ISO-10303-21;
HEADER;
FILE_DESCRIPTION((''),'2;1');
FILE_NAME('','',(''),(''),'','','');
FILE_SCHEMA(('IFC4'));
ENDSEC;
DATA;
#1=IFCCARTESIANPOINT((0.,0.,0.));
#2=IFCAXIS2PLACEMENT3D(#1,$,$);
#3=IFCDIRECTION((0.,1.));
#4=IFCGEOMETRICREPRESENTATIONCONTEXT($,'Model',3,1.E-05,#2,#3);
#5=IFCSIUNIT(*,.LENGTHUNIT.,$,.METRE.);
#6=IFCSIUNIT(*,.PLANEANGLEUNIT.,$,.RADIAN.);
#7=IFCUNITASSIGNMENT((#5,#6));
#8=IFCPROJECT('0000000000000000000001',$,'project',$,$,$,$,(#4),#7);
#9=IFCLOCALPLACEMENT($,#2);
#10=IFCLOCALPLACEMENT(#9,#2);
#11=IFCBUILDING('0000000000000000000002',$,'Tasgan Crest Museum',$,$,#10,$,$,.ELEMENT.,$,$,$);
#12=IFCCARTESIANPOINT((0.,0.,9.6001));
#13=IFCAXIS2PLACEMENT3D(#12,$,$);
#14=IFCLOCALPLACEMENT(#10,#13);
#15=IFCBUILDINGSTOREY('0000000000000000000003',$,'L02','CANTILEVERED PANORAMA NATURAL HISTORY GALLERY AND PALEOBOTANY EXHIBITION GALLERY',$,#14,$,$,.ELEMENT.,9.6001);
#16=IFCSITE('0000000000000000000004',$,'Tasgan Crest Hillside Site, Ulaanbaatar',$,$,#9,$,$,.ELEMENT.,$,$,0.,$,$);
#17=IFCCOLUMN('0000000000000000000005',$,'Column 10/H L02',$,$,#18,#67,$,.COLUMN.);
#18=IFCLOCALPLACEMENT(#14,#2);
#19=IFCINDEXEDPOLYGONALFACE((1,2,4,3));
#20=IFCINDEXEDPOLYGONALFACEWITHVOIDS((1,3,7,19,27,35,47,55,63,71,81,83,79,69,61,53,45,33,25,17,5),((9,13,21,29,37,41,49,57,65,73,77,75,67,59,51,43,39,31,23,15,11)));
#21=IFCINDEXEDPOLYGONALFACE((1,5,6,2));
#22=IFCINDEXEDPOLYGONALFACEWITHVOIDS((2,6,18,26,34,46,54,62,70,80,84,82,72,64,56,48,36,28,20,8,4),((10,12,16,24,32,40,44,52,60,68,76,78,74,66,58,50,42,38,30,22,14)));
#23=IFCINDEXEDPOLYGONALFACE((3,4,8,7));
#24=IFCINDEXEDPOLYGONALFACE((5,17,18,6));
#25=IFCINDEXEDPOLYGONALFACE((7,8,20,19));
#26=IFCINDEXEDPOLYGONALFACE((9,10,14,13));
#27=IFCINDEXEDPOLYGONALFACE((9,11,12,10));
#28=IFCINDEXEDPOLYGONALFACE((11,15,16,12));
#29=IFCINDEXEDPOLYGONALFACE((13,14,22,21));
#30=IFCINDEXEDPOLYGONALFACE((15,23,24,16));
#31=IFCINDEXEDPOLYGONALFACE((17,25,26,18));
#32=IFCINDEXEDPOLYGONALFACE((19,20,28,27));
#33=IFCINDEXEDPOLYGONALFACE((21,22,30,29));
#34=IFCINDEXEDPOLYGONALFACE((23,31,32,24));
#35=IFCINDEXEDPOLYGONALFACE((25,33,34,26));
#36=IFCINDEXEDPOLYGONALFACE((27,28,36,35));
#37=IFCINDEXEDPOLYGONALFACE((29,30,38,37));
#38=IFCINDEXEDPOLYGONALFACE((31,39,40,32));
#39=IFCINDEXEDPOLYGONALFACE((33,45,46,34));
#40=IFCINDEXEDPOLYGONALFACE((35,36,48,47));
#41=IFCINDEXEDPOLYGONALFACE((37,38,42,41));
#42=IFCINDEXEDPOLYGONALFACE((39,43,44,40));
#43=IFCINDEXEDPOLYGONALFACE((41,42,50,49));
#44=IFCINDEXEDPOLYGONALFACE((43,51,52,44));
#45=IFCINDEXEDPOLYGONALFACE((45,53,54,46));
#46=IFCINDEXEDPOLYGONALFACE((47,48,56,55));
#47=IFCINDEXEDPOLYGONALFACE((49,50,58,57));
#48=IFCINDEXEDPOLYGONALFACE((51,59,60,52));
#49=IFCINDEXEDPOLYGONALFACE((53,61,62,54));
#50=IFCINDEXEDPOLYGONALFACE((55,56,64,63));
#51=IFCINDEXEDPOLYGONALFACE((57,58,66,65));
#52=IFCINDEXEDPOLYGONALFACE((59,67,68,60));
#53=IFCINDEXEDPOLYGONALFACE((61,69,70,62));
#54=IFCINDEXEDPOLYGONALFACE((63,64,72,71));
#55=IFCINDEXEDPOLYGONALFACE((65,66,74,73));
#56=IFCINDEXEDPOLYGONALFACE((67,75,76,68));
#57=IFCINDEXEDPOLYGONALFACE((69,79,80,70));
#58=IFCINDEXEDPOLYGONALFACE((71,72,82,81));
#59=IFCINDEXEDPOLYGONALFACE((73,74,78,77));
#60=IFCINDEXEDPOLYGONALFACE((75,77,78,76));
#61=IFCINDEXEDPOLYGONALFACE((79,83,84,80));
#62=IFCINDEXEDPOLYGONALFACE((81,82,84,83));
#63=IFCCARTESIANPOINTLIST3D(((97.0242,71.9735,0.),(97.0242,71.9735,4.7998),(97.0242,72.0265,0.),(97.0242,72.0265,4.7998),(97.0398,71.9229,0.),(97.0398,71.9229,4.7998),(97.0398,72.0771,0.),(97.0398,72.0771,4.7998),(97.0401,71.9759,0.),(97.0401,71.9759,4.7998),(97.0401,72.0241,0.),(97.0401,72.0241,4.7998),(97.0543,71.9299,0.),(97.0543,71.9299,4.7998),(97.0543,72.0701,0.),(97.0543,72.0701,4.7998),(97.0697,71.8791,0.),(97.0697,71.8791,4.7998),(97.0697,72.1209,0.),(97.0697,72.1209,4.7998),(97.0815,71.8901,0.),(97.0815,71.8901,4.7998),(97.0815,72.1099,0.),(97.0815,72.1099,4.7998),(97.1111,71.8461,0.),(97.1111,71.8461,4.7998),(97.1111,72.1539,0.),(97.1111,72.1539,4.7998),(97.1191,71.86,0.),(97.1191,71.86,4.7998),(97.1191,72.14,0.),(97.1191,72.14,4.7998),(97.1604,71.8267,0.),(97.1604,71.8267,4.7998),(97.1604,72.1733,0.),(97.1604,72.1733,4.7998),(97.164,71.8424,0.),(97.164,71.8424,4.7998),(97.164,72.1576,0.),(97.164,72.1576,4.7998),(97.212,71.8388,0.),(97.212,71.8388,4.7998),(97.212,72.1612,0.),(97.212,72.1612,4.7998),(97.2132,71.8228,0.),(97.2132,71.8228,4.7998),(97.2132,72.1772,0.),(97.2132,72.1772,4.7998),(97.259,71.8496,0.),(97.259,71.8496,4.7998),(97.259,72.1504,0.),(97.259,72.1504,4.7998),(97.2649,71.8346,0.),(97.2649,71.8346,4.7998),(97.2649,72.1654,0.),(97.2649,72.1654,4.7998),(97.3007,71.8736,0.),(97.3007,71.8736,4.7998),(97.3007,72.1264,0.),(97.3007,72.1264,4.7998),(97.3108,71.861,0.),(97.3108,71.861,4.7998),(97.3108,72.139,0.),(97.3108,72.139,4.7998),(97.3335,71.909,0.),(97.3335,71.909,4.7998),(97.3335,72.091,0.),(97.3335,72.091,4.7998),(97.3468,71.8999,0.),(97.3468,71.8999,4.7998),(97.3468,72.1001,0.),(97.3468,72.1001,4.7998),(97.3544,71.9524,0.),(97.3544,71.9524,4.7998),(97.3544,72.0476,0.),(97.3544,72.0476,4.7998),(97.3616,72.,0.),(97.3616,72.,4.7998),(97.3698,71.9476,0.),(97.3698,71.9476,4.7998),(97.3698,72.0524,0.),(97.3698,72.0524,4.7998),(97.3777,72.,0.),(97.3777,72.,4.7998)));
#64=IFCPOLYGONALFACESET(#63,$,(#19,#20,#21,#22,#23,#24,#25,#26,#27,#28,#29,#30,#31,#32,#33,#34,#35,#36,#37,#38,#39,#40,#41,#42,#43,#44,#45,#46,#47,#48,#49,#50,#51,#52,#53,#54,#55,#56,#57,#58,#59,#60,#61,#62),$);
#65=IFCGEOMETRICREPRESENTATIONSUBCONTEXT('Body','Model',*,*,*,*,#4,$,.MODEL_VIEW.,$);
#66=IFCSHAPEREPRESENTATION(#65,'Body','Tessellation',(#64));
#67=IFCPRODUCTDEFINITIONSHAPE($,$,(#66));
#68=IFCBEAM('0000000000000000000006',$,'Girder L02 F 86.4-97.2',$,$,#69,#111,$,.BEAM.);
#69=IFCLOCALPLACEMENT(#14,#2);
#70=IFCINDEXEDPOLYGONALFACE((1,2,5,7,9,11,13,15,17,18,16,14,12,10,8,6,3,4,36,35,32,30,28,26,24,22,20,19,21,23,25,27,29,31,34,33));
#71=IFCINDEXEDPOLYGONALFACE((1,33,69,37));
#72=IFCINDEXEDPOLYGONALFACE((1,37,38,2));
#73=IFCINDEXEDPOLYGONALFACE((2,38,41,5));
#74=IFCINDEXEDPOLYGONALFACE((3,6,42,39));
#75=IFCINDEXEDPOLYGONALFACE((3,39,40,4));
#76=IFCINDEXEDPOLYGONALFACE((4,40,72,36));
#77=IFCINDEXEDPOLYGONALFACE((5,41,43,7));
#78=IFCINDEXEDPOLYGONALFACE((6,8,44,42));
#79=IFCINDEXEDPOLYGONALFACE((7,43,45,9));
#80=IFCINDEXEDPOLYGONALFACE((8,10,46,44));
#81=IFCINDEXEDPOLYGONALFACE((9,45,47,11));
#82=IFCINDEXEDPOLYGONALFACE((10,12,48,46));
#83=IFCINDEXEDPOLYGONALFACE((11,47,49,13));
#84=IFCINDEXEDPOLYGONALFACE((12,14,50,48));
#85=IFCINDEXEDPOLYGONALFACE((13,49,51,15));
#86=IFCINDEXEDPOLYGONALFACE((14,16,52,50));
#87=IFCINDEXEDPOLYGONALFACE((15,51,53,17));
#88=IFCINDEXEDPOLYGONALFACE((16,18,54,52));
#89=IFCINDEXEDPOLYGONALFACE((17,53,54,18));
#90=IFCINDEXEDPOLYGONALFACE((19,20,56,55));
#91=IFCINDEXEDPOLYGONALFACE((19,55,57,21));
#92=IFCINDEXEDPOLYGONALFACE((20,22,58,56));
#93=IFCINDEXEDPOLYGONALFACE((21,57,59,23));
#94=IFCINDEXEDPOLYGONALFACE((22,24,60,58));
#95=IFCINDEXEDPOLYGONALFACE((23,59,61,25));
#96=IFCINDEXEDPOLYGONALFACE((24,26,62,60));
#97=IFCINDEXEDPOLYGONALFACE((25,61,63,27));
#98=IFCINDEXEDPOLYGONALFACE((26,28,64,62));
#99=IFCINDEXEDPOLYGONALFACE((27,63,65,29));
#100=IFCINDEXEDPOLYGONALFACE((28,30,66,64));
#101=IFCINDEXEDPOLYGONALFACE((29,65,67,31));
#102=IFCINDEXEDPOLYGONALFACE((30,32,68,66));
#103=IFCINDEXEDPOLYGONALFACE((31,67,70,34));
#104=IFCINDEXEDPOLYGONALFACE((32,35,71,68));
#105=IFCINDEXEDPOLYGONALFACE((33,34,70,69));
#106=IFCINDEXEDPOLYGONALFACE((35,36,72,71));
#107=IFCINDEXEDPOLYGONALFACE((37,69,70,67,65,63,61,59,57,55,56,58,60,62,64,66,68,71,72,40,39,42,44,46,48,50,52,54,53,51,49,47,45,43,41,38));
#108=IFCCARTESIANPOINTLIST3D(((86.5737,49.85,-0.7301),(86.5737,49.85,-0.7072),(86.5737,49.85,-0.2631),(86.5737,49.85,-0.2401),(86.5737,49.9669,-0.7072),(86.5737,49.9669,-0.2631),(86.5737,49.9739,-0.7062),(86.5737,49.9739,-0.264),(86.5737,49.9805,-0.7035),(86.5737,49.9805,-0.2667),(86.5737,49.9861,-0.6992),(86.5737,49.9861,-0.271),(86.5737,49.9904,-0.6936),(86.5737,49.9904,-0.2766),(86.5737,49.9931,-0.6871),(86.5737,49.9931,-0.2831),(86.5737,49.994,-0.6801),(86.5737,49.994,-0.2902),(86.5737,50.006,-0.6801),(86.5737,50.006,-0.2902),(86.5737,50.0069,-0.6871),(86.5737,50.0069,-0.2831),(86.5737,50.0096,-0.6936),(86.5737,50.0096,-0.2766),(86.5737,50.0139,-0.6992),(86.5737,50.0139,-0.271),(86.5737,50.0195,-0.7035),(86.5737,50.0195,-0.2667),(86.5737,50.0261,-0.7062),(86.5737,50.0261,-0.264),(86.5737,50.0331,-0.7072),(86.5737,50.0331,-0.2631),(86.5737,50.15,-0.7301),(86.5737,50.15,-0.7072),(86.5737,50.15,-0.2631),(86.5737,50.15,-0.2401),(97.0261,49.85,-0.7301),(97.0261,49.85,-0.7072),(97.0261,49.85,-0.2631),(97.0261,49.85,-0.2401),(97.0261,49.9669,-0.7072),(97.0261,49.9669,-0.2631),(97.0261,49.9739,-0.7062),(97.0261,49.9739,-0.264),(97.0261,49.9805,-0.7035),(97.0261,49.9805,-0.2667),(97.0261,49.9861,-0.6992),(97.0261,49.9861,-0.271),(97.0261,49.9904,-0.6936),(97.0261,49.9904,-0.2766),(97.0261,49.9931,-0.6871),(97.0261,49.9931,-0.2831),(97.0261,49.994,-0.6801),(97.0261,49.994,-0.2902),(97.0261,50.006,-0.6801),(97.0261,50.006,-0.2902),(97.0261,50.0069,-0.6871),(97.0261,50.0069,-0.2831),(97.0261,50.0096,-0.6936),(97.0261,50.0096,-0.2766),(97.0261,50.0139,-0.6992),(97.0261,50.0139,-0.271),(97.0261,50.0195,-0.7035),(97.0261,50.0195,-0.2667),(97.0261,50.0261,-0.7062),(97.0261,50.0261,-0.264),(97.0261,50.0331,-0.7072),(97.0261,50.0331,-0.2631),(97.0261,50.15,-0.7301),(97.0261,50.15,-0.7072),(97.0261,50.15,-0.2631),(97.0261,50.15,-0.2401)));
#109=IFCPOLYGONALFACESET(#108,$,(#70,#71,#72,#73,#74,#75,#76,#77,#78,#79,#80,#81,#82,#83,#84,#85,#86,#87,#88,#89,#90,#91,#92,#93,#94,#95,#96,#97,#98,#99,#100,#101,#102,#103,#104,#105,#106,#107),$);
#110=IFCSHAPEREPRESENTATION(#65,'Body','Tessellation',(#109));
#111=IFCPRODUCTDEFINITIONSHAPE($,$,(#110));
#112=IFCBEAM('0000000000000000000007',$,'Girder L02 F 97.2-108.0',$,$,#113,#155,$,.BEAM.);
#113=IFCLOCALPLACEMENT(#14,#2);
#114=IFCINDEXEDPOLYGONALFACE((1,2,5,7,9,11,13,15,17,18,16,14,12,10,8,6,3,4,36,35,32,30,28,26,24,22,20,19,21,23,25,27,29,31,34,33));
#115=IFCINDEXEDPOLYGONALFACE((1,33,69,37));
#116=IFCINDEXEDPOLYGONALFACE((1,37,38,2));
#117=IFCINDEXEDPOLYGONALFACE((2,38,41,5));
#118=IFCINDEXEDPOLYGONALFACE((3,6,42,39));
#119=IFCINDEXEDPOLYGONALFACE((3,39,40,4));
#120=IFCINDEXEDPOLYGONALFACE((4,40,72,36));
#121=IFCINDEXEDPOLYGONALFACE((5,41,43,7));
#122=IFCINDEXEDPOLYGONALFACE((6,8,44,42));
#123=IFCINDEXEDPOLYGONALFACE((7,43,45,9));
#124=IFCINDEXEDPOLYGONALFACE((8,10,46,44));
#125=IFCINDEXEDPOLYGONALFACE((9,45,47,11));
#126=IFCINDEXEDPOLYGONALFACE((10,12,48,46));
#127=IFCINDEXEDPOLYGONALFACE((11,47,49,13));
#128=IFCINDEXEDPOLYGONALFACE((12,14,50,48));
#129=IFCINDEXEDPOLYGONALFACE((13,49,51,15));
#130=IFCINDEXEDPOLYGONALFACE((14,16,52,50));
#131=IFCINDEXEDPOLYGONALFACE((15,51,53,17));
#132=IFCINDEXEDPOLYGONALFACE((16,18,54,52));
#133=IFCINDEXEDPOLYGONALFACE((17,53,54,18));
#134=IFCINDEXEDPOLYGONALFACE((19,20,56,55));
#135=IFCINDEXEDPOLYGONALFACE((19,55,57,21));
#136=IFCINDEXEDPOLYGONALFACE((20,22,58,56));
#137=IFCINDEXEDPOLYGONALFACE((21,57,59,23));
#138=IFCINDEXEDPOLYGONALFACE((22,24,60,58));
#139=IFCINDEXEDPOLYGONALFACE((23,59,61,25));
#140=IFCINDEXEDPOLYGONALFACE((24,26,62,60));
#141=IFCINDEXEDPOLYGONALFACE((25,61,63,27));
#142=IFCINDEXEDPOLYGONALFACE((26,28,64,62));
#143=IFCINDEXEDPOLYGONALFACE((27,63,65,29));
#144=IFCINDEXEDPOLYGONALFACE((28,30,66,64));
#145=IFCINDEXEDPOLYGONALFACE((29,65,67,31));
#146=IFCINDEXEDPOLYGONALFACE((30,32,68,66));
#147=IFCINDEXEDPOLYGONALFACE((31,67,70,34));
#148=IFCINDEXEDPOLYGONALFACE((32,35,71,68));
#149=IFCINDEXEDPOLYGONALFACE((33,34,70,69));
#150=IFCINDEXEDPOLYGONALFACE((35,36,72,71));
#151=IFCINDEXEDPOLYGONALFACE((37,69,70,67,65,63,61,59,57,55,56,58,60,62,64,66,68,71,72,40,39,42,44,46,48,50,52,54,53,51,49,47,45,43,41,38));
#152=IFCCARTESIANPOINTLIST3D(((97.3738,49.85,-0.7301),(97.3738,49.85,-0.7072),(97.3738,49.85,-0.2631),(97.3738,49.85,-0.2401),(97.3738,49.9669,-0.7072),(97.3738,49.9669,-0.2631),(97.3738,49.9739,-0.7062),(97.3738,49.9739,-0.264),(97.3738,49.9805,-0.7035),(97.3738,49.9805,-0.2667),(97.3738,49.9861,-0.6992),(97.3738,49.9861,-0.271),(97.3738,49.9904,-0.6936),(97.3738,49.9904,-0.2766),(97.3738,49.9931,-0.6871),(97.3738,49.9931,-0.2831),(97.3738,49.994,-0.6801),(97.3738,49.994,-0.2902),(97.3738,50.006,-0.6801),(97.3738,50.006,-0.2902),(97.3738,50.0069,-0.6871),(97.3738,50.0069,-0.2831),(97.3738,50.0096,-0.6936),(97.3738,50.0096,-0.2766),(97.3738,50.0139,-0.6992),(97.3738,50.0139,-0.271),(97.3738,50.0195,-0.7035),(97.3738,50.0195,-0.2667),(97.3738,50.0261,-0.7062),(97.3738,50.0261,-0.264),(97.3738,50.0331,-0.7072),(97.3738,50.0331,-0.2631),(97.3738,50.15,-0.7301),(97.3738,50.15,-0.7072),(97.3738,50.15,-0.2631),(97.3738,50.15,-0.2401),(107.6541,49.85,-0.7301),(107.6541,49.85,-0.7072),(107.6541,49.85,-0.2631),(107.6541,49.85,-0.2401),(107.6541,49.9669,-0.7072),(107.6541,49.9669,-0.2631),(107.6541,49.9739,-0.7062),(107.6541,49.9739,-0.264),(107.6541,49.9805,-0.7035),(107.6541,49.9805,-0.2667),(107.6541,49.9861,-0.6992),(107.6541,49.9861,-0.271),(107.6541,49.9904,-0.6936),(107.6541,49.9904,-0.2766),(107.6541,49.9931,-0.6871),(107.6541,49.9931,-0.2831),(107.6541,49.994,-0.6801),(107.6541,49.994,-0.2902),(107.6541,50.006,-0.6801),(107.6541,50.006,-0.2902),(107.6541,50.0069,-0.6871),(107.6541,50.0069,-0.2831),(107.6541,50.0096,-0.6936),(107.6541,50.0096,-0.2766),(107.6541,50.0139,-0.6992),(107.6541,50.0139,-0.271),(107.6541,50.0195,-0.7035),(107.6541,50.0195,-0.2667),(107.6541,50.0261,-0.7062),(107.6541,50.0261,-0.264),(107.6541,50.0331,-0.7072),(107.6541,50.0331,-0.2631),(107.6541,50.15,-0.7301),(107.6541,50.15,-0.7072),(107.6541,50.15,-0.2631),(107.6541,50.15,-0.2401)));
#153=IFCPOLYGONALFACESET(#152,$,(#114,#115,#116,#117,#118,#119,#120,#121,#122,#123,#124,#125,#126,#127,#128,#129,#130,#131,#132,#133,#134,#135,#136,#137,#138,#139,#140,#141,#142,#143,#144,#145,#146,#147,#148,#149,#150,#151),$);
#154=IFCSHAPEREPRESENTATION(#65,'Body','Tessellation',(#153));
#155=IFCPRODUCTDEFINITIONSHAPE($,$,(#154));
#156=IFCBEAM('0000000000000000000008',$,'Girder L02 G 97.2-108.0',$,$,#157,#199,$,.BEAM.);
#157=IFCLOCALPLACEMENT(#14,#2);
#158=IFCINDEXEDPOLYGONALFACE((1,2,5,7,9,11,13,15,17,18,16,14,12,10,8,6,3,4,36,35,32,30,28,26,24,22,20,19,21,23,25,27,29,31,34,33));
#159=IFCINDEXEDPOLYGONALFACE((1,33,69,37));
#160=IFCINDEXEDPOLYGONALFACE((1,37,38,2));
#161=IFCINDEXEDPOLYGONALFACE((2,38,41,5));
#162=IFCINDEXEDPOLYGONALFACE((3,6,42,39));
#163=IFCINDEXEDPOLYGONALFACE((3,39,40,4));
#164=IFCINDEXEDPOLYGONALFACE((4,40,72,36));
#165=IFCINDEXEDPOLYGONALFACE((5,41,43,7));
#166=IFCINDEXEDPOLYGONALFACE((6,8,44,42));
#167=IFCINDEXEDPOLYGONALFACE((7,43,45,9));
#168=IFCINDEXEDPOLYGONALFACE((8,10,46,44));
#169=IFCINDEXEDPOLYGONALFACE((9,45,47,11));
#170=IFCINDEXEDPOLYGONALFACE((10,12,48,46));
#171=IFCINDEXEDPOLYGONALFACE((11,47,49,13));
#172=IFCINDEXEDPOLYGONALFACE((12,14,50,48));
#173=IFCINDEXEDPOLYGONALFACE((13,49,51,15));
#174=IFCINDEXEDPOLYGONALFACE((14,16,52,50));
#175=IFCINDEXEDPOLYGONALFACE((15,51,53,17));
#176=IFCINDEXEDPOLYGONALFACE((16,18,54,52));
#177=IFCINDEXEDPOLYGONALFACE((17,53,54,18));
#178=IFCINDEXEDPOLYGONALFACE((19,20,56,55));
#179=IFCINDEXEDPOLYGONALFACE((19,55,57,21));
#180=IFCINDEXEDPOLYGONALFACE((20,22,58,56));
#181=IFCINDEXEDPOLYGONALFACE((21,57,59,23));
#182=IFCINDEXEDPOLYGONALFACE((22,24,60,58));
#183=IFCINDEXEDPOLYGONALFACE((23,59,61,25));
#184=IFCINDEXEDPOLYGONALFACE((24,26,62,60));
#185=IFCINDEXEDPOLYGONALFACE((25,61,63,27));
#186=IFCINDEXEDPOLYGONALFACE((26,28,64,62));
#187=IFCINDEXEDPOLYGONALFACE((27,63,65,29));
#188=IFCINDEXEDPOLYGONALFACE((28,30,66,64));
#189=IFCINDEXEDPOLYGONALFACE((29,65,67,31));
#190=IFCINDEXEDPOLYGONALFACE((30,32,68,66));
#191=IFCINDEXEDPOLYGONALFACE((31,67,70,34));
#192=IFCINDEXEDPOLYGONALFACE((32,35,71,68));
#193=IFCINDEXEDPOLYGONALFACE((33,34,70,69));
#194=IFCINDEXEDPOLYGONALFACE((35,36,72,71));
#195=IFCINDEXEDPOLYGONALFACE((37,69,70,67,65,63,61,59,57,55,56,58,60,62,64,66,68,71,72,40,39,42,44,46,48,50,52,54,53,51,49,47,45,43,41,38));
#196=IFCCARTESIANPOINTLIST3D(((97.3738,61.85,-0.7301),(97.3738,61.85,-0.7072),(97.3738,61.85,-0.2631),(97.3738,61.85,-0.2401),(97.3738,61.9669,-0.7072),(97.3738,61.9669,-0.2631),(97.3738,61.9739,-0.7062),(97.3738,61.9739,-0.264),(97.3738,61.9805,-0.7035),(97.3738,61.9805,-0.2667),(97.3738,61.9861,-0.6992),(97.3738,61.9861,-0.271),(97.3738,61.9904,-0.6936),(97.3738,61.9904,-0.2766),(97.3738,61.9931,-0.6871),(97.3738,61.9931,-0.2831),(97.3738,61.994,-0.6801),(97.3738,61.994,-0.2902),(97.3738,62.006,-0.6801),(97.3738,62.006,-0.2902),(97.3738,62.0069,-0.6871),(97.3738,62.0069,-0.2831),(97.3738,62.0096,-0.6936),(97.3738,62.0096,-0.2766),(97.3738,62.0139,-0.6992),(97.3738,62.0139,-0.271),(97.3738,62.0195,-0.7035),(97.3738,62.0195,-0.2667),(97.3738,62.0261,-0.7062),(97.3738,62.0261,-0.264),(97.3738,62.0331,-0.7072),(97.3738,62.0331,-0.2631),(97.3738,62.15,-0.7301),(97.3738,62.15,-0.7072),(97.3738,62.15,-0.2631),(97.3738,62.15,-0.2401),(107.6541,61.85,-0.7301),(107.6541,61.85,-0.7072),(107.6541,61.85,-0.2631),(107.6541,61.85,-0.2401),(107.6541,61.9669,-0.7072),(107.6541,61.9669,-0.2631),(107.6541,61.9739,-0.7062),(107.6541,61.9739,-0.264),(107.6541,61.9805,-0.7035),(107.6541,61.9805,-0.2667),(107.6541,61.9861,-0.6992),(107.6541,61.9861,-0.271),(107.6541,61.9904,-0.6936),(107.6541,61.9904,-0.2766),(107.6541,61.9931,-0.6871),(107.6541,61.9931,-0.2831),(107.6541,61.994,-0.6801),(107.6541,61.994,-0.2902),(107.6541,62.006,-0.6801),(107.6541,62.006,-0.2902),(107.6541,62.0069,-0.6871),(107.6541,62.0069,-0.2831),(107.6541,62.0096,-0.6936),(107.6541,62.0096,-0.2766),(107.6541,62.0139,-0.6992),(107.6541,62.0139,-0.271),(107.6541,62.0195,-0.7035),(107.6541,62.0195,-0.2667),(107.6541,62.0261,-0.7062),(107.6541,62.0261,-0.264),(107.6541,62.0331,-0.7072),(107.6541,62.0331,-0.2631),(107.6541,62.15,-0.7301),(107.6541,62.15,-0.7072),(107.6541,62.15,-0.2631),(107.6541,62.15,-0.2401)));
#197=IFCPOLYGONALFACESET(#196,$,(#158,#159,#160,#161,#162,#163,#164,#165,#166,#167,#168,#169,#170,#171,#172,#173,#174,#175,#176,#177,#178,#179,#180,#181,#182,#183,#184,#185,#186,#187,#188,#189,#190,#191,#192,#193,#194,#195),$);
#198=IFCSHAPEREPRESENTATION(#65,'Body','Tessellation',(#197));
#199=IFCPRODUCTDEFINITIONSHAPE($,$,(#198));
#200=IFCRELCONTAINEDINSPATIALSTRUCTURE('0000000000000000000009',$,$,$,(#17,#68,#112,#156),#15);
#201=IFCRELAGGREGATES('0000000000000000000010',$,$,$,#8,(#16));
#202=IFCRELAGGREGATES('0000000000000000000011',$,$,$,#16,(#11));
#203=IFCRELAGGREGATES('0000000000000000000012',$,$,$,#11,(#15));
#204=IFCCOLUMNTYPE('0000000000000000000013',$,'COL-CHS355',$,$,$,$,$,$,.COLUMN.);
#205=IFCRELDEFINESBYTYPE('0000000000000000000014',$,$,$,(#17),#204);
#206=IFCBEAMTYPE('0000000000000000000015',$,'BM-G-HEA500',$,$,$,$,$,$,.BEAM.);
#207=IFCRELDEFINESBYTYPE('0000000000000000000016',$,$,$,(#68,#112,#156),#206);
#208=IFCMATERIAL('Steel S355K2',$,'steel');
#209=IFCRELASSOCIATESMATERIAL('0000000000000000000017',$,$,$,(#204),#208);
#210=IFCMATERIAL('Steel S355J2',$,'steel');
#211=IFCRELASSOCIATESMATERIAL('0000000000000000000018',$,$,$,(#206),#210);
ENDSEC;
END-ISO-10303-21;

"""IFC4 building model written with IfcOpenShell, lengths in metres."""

from ifc_helpers import new_model, si_unit, direction, frame, origin, origin_2d, place, context, subcontext, project, spatial, hollow_circle, i_section, extrude, material, material_profile, profile_set, type_object, element, save


model = new_model("IFC4")

# Units and contexts
model_context = context("Model", 3, precision=1e-05, world=origin(), true_north=direction((0.0, 1.0)))
body_context = subcontext(model_context, "Body", "Model", "MODEL_VIEW")
ifc_project = project(units=[si_unit("LENGTHUNIT", "METRE"), si_unit("PLANEANGLEUNIT", "RADIAN")], contexts=[model_context])

# Site, building, storey
site_placement = place(None, origin())
site = spatial("IfcSite", under=ifc_project, at=site_placement, Name="Tasgan Crest Hillside Site, Ulaanbaatar", CompositionType="ELEMENT", RefElevation=0.0)
building_placement = place(site_placement, origin())
building = spatial("IfcBuilding", under=site, at=building_placement, Name="Tasgan Crest Museum", CompositionType="ELEMENT")
storey_placement = place(building_placement, frame((0.0, 0.0, 9.6001)))
storey = spatial("IfcBuildingStorey", under=building, at=storey_placement, Name="L02", Description="CANTILEVERED PANORAMA NATURAL HISTORY GALLERY AND PALEOBOTANY EXHIBITION GALLERY", CompositionType="ELEMENT", Elevation=9.6001)

# Column
ifc_material_1 = material(Name="Steel S355K2", Category="steel")
ifc_material_profile_1 = material_profile(ifc_material_1, hollow_circle(Radius=0.1777, WallThickness=0.0161, at=origin_2d()), Name="CHS 355.6x16")
ifc_profile_set_1 = profile_set([ifc_material_profile_1], Name="Steel S355K2")
column_type = type_object("IfcColumnType", Name="COL-CHS355", PredefinedType="COLUMN", material=ifc_profile_set_1)
for number, where, z_axis, x_axis, name in (
    (1, (97.2, 72.0, 0.0), (0.0, 0.0, 1.0), (1.0, 0.0, 0.0), "Column 10/H L02"),
):
    element("IfcColumn", number, at=place(storey_placement, frame(where, z_axis=z_axis, x_axis=x_axis)), inside=storey, type_object=column_type, Name=name, PredefinedType="COLUMN", context=body_context, shape_type="SweptSolid", body=[
        extrude(hollow_circle(Radius=0.1777, WallThickness=0.0161, at=origin_2d()), origin(), (0.0, 0.0, 1.0), 4.7998),
    ])

# Beams
ifc_material_2 = material(Name="Steel S355J2", Category="steel")
ifc_material_profile_2 = material_profile(ifc_material_2, i_section(OverallWidth=0.3, OverallDepth=0.49, WebThickness=0.012, FlangeThickness=0.0229, FilletRadius=0.0271, at=origin_2d()), Name="HEA 500")
ifc_profile_set_2 = profile_set([ifc_material_profile_2], Name="Steel S355J2")
beam_type_1 = type_object("IfcBeamType", Name="BM-G-HEA500", PredefinedType="BEAM", material=ifc_profile_set_2)
beam_1_placement = place(storey_placement, frame((86.5737, 50.0, -0.4851), z_axis=(1.0, 0.0, 0.0), x_axis=(0.0, 1.0, 0.0)))
element("IfcBeam", 2, at=beam_1_placement, inside=storey, type_object=beam_type_1, Name="Girder L02 F 86.4-97.2", PredefinedType="BEAM", context=body_context, shape_type="SweptSolid", body=[
    extrude(i_section(OverallWidth=0.3, OverallDepth=0.49, WebThickness=0.012, FlangeThickness=0.0229, FilletRadius=0.0271, at=origin_2d()), origin(), (0.0, 0.0, 1.0), 10.4524),
])
for number, where, z_axis, x_axis, name in (
    (3, (97.3738, 50.0, -0.4851), (1.0, 0.0, 0.0), (0.0, 1.0, 0.0), "Girder L02 F 97.2-108.0"),
    (4, (97.3738, 62.0, -0.4851), (1.0, 0.0, 0.0), (0.0, 1.0, 0.0), "Girder L02 G 97.2-108.0"),
):
    element("IfcBeam", number, at=place(storey_placement, frame(where, z_axis=z_axis, x_axis=x_axis)), inside=storey, type_object=beam_type_1, Name=name, PredefinedType="BEAM", context=body_context, shape_type="SweptSolid", body=[
        extrude(i_section(OverallWidth=0.3, OverallDepth=0.49, WebThickness=0.012, FlangeThickness=0.0229, FilletRadius=0.0271, at=origin_2d()), origin(), (0.0, 0.0, 1.0), 10.2803),
    ])

save(model, "model.ifc")
